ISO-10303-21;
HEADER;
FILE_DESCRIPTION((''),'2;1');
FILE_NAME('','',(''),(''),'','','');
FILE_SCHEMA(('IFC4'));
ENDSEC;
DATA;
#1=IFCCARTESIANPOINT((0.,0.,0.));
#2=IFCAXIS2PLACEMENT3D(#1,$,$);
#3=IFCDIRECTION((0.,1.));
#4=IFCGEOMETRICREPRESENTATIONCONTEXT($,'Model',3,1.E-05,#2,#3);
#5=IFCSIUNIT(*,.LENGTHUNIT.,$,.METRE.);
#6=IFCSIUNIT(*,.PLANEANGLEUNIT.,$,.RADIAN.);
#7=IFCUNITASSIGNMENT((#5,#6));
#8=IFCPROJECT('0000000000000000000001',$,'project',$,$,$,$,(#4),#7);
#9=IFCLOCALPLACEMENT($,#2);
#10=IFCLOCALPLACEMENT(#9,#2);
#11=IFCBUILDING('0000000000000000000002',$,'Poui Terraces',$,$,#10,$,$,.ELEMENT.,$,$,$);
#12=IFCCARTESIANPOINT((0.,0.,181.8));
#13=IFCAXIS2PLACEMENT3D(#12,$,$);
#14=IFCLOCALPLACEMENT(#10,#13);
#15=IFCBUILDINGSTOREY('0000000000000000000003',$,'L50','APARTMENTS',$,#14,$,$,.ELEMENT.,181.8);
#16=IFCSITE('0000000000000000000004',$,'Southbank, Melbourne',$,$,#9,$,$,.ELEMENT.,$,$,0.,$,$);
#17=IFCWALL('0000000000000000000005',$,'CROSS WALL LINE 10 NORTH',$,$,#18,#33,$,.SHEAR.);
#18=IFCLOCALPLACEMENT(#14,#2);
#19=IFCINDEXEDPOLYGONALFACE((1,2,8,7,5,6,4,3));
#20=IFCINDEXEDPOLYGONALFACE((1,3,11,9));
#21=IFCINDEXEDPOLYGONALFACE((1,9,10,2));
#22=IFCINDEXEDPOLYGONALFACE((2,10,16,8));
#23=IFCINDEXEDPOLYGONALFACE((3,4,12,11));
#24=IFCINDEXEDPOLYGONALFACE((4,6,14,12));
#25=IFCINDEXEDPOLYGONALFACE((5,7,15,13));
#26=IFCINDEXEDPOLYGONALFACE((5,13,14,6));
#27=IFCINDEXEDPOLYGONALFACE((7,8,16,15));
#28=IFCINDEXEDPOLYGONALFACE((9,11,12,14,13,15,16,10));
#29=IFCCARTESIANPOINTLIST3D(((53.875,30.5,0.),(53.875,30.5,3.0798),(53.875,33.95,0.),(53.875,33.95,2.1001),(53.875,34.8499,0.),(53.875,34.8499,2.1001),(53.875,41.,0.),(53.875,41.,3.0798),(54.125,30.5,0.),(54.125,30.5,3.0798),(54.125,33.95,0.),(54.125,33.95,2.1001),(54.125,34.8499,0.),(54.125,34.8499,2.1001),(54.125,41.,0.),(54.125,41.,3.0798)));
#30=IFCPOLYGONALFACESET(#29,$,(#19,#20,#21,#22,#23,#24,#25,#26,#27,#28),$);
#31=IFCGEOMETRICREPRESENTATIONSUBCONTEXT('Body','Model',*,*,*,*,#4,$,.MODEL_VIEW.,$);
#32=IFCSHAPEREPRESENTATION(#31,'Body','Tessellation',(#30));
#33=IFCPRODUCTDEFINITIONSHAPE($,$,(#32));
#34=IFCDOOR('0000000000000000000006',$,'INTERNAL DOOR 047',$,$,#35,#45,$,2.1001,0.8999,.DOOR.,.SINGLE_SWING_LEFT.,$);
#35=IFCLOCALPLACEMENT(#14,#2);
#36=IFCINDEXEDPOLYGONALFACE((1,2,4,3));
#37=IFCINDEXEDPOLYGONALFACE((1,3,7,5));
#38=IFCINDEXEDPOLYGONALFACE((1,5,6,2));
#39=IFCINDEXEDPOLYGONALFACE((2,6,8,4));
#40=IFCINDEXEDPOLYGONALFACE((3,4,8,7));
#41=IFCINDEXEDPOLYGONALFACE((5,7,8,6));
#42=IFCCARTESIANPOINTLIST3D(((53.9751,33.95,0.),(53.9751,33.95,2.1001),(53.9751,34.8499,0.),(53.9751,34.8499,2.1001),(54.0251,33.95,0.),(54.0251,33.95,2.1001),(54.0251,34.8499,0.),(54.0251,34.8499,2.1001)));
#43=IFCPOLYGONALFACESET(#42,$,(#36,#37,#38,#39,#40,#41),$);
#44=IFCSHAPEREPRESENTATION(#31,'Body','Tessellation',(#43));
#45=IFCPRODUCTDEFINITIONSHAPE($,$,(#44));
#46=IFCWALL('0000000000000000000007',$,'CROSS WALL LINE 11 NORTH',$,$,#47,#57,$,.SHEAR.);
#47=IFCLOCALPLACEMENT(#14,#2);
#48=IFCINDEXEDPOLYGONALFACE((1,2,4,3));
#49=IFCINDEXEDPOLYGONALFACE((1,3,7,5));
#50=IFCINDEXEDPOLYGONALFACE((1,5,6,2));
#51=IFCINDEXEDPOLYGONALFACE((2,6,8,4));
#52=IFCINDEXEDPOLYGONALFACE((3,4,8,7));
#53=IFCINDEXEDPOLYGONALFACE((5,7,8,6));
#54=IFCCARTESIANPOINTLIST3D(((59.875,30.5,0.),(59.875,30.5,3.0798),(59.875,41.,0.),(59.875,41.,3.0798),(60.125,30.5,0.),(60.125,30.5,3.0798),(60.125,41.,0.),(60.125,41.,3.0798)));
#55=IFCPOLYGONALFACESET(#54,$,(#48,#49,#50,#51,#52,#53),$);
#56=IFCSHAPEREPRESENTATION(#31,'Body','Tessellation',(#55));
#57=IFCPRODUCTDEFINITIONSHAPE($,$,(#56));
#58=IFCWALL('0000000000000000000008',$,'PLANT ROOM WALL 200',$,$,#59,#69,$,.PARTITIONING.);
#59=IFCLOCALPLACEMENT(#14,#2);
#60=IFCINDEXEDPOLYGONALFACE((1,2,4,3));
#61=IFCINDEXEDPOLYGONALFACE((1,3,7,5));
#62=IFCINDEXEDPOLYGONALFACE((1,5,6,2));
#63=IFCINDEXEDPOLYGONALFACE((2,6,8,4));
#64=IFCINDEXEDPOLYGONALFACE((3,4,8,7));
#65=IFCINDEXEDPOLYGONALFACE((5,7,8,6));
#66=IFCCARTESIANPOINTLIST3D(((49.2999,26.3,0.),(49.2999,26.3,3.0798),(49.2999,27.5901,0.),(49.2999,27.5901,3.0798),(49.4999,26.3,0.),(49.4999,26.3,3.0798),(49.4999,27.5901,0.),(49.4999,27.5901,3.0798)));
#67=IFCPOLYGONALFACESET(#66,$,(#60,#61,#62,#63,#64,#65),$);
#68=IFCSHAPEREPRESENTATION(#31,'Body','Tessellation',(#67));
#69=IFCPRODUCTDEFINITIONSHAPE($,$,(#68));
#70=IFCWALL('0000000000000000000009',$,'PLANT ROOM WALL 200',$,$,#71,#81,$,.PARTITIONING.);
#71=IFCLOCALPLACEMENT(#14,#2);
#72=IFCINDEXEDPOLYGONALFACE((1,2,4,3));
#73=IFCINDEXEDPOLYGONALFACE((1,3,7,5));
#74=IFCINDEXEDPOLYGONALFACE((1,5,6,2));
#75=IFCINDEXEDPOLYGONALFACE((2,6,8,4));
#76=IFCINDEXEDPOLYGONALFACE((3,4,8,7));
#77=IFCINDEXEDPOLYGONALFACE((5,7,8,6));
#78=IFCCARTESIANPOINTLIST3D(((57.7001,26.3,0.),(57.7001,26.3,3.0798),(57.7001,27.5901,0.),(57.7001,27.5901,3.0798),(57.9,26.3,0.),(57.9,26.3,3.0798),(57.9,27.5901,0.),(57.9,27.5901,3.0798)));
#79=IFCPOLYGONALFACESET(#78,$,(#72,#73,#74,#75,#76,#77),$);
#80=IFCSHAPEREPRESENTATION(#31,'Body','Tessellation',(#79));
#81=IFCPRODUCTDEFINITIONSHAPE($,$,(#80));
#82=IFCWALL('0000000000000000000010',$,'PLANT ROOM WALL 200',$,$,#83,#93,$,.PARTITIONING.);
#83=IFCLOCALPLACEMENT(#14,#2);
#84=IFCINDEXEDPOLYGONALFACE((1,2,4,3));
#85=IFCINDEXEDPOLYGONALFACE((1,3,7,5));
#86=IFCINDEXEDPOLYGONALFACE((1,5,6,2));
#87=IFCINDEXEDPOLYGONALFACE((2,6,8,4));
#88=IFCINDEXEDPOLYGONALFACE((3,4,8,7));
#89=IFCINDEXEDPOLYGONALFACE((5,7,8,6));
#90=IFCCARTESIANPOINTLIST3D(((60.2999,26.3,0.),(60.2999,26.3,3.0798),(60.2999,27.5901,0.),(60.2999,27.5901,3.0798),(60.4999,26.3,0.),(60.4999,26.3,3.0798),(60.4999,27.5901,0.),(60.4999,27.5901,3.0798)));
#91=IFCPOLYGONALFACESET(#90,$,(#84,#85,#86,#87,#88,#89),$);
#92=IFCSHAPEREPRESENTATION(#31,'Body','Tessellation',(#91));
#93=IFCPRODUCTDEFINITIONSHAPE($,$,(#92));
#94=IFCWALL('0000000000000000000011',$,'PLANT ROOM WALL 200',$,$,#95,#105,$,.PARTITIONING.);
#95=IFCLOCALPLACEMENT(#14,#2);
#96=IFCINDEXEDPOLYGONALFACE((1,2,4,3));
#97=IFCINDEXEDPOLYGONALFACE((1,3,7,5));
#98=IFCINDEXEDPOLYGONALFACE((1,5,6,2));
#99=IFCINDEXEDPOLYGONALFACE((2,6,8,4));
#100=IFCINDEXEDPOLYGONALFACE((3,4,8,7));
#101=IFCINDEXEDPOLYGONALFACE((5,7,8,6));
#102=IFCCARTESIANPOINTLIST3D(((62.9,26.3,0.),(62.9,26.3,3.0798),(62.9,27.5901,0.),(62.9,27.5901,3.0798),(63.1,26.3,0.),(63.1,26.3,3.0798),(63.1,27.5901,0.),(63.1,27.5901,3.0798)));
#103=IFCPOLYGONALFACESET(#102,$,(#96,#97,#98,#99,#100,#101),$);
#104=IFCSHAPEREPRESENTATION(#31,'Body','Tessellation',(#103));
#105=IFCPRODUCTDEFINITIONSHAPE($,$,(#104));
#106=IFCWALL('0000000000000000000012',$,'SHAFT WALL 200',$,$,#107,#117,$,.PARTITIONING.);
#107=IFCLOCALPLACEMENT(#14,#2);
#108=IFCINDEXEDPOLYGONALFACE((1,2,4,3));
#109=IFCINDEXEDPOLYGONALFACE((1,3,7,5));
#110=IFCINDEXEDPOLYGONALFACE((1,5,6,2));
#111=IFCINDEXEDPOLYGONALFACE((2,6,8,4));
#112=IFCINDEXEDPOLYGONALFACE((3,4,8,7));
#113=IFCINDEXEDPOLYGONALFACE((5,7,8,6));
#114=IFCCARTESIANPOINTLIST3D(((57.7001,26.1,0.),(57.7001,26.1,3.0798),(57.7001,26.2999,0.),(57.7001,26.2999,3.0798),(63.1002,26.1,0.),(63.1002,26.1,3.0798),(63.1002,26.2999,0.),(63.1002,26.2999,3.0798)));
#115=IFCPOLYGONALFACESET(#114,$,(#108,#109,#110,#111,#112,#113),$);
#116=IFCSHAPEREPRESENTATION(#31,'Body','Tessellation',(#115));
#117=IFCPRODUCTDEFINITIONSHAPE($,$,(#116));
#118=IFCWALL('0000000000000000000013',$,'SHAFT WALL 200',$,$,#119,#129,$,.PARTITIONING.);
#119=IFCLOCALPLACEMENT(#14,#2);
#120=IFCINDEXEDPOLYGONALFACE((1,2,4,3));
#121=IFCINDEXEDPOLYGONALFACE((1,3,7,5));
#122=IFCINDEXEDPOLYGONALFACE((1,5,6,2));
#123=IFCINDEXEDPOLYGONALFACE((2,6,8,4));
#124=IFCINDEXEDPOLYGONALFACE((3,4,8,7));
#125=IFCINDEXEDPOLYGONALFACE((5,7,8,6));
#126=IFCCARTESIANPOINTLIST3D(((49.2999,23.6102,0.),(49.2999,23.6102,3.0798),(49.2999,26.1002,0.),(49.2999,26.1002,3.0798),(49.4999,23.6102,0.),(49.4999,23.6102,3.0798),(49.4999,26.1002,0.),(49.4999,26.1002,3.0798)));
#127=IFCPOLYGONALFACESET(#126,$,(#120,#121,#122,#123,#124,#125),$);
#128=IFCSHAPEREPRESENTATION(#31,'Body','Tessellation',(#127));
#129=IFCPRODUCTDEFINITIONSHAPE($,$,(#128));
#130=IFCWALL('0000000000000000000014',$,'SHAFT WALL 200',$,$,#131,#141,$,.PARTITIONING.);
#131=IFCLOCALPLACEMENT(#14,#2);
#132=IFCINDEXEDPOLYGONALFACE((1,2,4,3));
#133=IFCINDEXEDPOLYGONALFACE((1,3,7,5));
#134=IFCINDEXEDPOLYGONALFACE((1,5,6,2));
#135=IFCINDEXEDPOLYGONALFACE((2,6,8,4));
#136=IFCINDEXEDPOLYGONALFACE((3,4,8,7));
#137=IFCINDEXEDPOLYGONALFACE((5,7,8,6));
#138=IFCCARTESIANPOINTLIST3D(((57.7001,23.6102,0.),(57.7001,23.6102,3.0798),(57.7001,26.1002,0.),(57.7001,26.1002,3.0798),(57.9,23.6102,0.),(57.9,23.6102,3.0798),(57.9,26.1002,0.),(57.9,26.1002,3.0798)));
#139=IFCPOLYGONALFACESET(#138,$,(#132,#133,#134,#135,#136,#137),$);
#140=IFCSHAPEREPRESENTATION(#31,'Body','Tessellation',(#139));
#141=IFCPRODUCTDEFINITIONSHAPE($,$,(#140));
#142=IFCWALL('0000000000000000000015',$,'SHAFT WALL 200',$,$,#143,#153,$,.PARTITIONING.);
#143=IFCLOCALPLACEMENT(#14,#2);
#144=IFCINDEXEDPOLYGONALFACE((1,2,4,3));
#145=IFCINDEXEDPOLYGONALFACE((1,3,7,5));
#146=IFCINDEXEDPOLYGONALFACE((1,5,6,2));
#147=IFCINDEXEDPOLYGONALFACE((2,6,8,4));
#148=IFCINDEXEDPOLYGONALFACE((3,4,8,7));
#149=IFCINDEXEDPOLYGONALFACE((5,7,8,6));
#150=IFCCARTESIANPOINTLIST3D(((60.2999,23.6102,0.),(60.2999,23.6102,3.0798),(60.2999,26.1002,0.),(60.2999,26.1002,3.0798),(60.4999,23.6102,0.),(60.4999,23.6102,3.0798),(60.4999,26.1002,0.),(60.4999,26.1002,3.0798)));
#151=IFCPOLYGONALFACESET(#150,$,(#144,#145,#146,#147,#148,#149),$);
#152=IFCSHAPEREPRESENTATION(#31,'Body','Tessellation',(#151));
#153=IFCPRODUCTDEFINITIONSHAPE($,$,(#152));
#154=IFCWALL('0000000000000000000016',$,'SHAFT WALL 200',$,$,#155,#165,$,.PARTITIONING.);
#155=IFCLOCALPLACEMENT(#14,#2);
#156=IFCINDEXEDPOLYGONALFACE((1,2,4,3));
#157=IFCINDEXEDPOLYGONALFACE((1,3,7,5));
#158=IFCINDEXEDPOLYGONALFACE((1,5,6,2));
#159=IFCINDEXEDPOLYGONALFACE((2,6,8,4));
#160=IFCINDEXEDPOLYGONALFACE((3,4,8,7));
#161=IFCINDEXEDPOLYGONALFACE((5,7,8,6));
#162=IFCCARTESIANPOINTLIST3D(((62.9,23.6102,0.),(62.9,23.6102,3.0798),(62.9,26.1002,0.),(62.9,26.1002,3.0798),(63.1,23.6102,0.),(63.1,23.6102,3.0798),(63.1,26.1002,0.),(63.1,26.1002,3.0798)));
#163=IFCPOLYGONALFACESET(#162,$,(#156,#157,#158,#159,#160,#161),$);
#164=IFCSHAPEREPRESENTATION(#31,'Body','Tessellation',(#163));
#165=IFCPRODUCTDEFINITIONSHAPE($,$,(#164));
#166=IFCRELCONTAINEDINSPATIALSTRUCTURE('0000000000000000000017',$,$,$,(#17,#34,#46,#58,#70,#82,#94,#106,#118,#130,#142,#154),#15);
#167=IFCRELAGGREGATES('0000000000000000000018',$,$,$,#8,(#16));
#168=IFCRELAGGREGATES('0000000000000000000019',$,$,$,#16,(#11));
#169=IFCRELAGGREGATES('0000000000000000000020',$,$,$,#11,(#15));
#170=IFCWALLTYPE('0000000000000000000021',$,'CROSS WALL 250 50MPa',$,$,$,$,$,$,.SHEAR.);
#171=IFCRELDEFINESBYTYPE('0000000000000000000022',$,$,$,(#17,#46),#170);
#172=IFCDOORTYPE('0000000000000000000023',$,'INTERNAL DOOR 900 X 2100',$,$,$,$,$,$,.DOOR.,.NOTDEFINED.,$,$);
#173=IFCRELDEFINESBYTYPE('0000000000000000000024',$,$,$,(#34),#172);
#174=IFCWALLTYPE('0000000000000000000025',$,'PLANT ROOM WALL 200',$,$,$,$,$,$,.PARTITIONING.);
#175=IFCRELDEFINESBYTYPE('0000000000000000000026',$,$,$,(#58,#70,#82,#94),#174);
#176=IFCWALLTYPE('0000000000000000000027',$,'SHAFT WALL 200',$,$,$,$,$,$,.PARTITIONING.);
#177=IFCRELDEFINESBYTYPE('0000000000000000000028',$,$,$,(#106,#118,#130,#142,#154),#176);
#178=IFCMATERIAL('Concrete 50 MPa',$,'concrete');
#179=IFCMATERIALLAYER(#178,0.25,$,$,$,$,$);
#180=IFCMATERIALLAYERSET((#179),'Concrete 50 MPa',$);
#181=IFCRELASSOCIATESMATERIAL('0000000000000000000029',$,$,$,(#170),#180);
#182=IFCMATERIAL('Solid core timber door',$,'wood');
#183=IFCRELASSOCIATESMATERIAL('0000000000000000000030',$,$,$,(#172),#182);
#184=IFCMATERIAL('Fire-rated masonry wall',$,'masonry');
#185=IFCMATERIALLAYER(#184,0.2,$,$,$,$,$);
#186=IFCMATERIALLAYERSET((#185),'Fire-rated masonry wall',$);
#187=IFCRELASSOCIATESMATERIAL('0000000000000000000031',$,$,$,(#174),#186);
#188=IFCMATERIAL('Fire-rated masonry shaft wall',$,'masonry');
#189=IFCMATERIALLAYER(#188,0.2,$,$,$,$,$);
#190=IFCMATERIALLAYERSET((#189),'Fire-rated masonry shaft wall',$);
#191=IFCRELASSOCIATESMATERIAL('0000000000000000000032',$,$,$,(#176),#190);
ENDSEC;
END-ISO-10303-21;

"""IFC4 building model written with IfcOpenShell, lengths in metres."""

from ifc_helpers import new_model, si_unit, direction, frame, frame_2d, origin, place, context, subcontext, project, spatial, rectangle, extrude, material, layer, layer_set, type_object, element, fill, save


model = new_model("IFC4")

# Units and contexts
model_context = context("Model", 3, precision=1e-05, world=origin(), true_north=direction((0.0, 1.0)))
body_context = subcontext(model_context, "Body", "Model", "MODEL_VIEW")
ifc_project = project(units=[si_unit("LENGTHUNIT", "METRE"), si_unit("PLANEANGLEUNIT", "RADIAN")], contexts=[model_context])

# Site, building, storey
site_placement = place(None, origin())
site = spatial("IfcSite", under=ifc_project, at=site_placement, Name="Southbank, Melbourne", CompositionType="ELEMENT", RefElevation=0.0)
building_placement = place(site_placement, origin())
building = spatial("IfcBuilding", under=site, at=building_placement, Name="Poui Terraces", CompositionType="ELEMENT")
storey_placement = place(building_placement, frame((0.0, 0.0, 181.8)))
storey = spatial("IfcBuildingStorey", under=building, at=storey_placement, Name="L50", Description="APARTMENTS", CompositionType="ELEMENT", Elevation=181.8)

# Shared definitions
ifc_material_1 = material(Name="Concrete 50 MPa", Category="concrete")

# Wall, opening, door
ifc_layer_1 = layer(ifc_material_1, 0.25)
ifc_layer_set_1 = layer_set([ifc_layer_1], Name="Concrete 50 MPa")
wall_type_1 = type_object("IfcWallType", Name="CROSS WALL 250 50MPa", PredefinedType="SHEAR", material=ifc_layer_set_1)
ifc_material_2 = material(Name="Solid core timber door", Category="wood")
door_type_1 = type_object("IfcDoorType", Name="INTERNAL DOOR 900 X 2100", OperationType="NOTDEFINED", PredefinedType="DOOR", material=ifc_material_2)
wall_1_placement = place(storey_placement, frame((54.0, 30.5, 0.0), z_axis=(0.0, 0.0, 1.0), x_axis=(0.0, 1.0, 0.0)))
wall_1 = element("IfcWall", 1, at=wall_1_placement, inside=storey, type_object=wall_type_1, Name="CROSS WALL LINE 10 NORTH", PredefinedType="SHEAR", context=body_context, shape_type="SweptSolid", body=[
    extrude(rectangle(XDim=10.5, YDim=0.25, at=frame_2d((5.25, 0.0))), origin(), (0.0, 0.0, 1.0), 3.0798),
])
opening_1_placement = place(wall_1_placement, frame((3.45, 0.0, 0.0)))
opening_1 = element("IfcOpeningElement", 2, at=opening_1_placement, cuts=wall_1, PredefinedType="OPENING", context=body_context, shape_type="SweptSolid", body=[
    extrude(rectangle(XDim=0.8999, YDim=2.1001, at=frame_2d((0.45, 1.05))), frame((0.0, 0.135, 0.0), z_axis=(0.0, -1.0, 0.0), x_axis=(1.0, 0.0, 0.0)), (0.0, 0.0, 1.0), 0.27),
])
door_1_placement = place(opening_1_placement, origin())
door_1 = element("IfcDoor", 3, at=door_1_placement, inside=storey, type_object=door_type_1, Name="INTERNAL DOOR 047", OperationType="SINGLE_SWING_LEFT", OverallHeight=2.1001, OverallWidth=0.8999, PredefinedType="DOOR", context=body_context, shape_type="SweptSolid", body=[
    extrude(rectangle(XDim=0.8999, YDim=2.1001, at=frame_2d((0.45, 1.05))), frame((0.0, 0.0249, 0.0), z_axis=(0.0, -1.0, 0.0), x_axis=(1.0, 0.0, 0.0)), (0.0, 0.0, 1.0), 0.05),
])
fill(opening_1, door_1)

# Walls
wall_2_placement = place(storey_placement, frame((60.0, 30.5, 0.0), z_axis=(0.0, 0.0, 1.0), x_axis=(0.0, 1.0, 0.0)))
element("IfcWall", 4, at=wall_2_placement, inside=storey, type_object=wall_type_1, Name="CROSS WALL LINE 11 NORTH", PredefinedType="SHEAR", context=body_context, shape_type="SweptSolid", body=[
    extrude(rectangle(XDim=10.5, YDim=0.25, at=frame_2d((5.25, 0.0))), origin(), (0.0, 0.0, 1.0), 3.0798),
])
ifc_material_3 = material(Name="Fire-rated masonry wall", Category="masonry")
ifc_layer_2 = layer(ifc_material_3, 0.2)
ifc_layer_set_2 = layer_set([ifc_layer_2], Name="Fire-rated masonry wall")
wall_type_2 = type_object("IfcWallType", Name="PLANT ROOM WALL 200", PredefinedType="PARTITIONING", material=ifc_layer_set_2)
for number, where, z_axis, x_axis, name in (
    (5, (49.3999, 26.3, 0.0), (0.0, 0.0, 1.0), (0.0, 1.0, 0.0), "PLANT ROOM WALL 200"),
    (6, (57.8, 26.3, 0.0), (0.0, 0.0, 1.0), (0.0, 1.0, 0.0), "PLANT ROOM WALL 200"),
    (7, (60.3999, 26.3, 0.0), (0.0, 0.0, 1.0), (0.0, 1.0, 0.0), "PLANT ROOM WALL 200"),
    (8, (63.0, 26.3, 0.0), (0.0, 0.0, 1.0), (0.0, 1.0, 0.0), "PLANT ROOM WALL 200"),
):
    element("IfcWall", number, at=place(storey_placement, frame(where, z_axis=z_axis, x_axis=x_axis)), inside=storey, type_object=wall_type_2, Name=name, PredefinedType="PARTITIONING", context=body_context, shape_type="SweptSolid", body=[
        extrude(rectangle(XDim=1.29, YDim=0.2, at=frame_2d((0.645, 0.0))), origin(), (0.0, 0.0, 1.0), 3.0798),
    ])
ifc_material_4 = material(Name="Fire-rated masonry shaft wall", Category="masonry")
ifc_layer_3 = layer(ifc_material_4, 0.2)
ifc_layer_set_3 = layer_set([ifc_layer_3], Name="Fire-rated masonry shaft wall")
wall_type_3 = type_object("IfcWallType", Name="SHAFT WALL 200", PredefinedType="PARTITIONING", material=ifc_layer_set_3)
wall_3_placement = place(storey_placement, frame((57.7, 26.2, 0.0), z_axis=(0.0, 0.0, 1.0), x_axis=(1.0, 0.0, 0.0)))
element("IfcWall", 9, at=wall_3_placement, inside=storey, type_object=wall_type_3, Name="SHAFT WALL 200", PredefinedType="PARTITIONING", context=body_context, shape_type="SweptSolid", body=[
    extrude(rectangle(XDim=5.4001, YDim=0.2, at=frame_2d((2.7002, 0.0))), origin(), (0.0, 0.0, 1.0), 3.0798),
])
for number, where, z_axis, x_axis, name in (
    (10, (49.3999, 23.6101, 0.0), (0.0, 0.0, 1.0), (0.0, 1.0, 0.0), "SHAFT WALL 200"),
    (11, (57.8, 23.6101, 0.0), (0.0, 0.0, 1.0), (0.0, 1.0, 0.0), "SHAFT WALL 200"),
    (12, (60.3999, 23.6101, 0.0), (0.0, 0.0, 1.0), (0.0, 1.0, 0.0), "SHAFT WALL 200"),
    (13, (63.0, 23.6101, 0.0), (0.0, 0.0, 1.0), (0.0, 1.0, 0.0), "SHAFT WALL 200"),
):
    element("IfcWall", number, at=place(storey_placement, frame(where, z_axis=z_axis, x_axis=x_axis)), inside=storey, type_object=wall_type_3, Name=name, PredefinedType="PARTITIONING", context=body_context, shape_type="SweptSolid", body=[
        extrude(rectangle(XDim=2.49, YDim=0.2, at=frame_2d((1.2451, 0.0))), origin(), (0.0, 0.0, 1.0), 3.0798),
    ])

save(model, "model.ifc")
